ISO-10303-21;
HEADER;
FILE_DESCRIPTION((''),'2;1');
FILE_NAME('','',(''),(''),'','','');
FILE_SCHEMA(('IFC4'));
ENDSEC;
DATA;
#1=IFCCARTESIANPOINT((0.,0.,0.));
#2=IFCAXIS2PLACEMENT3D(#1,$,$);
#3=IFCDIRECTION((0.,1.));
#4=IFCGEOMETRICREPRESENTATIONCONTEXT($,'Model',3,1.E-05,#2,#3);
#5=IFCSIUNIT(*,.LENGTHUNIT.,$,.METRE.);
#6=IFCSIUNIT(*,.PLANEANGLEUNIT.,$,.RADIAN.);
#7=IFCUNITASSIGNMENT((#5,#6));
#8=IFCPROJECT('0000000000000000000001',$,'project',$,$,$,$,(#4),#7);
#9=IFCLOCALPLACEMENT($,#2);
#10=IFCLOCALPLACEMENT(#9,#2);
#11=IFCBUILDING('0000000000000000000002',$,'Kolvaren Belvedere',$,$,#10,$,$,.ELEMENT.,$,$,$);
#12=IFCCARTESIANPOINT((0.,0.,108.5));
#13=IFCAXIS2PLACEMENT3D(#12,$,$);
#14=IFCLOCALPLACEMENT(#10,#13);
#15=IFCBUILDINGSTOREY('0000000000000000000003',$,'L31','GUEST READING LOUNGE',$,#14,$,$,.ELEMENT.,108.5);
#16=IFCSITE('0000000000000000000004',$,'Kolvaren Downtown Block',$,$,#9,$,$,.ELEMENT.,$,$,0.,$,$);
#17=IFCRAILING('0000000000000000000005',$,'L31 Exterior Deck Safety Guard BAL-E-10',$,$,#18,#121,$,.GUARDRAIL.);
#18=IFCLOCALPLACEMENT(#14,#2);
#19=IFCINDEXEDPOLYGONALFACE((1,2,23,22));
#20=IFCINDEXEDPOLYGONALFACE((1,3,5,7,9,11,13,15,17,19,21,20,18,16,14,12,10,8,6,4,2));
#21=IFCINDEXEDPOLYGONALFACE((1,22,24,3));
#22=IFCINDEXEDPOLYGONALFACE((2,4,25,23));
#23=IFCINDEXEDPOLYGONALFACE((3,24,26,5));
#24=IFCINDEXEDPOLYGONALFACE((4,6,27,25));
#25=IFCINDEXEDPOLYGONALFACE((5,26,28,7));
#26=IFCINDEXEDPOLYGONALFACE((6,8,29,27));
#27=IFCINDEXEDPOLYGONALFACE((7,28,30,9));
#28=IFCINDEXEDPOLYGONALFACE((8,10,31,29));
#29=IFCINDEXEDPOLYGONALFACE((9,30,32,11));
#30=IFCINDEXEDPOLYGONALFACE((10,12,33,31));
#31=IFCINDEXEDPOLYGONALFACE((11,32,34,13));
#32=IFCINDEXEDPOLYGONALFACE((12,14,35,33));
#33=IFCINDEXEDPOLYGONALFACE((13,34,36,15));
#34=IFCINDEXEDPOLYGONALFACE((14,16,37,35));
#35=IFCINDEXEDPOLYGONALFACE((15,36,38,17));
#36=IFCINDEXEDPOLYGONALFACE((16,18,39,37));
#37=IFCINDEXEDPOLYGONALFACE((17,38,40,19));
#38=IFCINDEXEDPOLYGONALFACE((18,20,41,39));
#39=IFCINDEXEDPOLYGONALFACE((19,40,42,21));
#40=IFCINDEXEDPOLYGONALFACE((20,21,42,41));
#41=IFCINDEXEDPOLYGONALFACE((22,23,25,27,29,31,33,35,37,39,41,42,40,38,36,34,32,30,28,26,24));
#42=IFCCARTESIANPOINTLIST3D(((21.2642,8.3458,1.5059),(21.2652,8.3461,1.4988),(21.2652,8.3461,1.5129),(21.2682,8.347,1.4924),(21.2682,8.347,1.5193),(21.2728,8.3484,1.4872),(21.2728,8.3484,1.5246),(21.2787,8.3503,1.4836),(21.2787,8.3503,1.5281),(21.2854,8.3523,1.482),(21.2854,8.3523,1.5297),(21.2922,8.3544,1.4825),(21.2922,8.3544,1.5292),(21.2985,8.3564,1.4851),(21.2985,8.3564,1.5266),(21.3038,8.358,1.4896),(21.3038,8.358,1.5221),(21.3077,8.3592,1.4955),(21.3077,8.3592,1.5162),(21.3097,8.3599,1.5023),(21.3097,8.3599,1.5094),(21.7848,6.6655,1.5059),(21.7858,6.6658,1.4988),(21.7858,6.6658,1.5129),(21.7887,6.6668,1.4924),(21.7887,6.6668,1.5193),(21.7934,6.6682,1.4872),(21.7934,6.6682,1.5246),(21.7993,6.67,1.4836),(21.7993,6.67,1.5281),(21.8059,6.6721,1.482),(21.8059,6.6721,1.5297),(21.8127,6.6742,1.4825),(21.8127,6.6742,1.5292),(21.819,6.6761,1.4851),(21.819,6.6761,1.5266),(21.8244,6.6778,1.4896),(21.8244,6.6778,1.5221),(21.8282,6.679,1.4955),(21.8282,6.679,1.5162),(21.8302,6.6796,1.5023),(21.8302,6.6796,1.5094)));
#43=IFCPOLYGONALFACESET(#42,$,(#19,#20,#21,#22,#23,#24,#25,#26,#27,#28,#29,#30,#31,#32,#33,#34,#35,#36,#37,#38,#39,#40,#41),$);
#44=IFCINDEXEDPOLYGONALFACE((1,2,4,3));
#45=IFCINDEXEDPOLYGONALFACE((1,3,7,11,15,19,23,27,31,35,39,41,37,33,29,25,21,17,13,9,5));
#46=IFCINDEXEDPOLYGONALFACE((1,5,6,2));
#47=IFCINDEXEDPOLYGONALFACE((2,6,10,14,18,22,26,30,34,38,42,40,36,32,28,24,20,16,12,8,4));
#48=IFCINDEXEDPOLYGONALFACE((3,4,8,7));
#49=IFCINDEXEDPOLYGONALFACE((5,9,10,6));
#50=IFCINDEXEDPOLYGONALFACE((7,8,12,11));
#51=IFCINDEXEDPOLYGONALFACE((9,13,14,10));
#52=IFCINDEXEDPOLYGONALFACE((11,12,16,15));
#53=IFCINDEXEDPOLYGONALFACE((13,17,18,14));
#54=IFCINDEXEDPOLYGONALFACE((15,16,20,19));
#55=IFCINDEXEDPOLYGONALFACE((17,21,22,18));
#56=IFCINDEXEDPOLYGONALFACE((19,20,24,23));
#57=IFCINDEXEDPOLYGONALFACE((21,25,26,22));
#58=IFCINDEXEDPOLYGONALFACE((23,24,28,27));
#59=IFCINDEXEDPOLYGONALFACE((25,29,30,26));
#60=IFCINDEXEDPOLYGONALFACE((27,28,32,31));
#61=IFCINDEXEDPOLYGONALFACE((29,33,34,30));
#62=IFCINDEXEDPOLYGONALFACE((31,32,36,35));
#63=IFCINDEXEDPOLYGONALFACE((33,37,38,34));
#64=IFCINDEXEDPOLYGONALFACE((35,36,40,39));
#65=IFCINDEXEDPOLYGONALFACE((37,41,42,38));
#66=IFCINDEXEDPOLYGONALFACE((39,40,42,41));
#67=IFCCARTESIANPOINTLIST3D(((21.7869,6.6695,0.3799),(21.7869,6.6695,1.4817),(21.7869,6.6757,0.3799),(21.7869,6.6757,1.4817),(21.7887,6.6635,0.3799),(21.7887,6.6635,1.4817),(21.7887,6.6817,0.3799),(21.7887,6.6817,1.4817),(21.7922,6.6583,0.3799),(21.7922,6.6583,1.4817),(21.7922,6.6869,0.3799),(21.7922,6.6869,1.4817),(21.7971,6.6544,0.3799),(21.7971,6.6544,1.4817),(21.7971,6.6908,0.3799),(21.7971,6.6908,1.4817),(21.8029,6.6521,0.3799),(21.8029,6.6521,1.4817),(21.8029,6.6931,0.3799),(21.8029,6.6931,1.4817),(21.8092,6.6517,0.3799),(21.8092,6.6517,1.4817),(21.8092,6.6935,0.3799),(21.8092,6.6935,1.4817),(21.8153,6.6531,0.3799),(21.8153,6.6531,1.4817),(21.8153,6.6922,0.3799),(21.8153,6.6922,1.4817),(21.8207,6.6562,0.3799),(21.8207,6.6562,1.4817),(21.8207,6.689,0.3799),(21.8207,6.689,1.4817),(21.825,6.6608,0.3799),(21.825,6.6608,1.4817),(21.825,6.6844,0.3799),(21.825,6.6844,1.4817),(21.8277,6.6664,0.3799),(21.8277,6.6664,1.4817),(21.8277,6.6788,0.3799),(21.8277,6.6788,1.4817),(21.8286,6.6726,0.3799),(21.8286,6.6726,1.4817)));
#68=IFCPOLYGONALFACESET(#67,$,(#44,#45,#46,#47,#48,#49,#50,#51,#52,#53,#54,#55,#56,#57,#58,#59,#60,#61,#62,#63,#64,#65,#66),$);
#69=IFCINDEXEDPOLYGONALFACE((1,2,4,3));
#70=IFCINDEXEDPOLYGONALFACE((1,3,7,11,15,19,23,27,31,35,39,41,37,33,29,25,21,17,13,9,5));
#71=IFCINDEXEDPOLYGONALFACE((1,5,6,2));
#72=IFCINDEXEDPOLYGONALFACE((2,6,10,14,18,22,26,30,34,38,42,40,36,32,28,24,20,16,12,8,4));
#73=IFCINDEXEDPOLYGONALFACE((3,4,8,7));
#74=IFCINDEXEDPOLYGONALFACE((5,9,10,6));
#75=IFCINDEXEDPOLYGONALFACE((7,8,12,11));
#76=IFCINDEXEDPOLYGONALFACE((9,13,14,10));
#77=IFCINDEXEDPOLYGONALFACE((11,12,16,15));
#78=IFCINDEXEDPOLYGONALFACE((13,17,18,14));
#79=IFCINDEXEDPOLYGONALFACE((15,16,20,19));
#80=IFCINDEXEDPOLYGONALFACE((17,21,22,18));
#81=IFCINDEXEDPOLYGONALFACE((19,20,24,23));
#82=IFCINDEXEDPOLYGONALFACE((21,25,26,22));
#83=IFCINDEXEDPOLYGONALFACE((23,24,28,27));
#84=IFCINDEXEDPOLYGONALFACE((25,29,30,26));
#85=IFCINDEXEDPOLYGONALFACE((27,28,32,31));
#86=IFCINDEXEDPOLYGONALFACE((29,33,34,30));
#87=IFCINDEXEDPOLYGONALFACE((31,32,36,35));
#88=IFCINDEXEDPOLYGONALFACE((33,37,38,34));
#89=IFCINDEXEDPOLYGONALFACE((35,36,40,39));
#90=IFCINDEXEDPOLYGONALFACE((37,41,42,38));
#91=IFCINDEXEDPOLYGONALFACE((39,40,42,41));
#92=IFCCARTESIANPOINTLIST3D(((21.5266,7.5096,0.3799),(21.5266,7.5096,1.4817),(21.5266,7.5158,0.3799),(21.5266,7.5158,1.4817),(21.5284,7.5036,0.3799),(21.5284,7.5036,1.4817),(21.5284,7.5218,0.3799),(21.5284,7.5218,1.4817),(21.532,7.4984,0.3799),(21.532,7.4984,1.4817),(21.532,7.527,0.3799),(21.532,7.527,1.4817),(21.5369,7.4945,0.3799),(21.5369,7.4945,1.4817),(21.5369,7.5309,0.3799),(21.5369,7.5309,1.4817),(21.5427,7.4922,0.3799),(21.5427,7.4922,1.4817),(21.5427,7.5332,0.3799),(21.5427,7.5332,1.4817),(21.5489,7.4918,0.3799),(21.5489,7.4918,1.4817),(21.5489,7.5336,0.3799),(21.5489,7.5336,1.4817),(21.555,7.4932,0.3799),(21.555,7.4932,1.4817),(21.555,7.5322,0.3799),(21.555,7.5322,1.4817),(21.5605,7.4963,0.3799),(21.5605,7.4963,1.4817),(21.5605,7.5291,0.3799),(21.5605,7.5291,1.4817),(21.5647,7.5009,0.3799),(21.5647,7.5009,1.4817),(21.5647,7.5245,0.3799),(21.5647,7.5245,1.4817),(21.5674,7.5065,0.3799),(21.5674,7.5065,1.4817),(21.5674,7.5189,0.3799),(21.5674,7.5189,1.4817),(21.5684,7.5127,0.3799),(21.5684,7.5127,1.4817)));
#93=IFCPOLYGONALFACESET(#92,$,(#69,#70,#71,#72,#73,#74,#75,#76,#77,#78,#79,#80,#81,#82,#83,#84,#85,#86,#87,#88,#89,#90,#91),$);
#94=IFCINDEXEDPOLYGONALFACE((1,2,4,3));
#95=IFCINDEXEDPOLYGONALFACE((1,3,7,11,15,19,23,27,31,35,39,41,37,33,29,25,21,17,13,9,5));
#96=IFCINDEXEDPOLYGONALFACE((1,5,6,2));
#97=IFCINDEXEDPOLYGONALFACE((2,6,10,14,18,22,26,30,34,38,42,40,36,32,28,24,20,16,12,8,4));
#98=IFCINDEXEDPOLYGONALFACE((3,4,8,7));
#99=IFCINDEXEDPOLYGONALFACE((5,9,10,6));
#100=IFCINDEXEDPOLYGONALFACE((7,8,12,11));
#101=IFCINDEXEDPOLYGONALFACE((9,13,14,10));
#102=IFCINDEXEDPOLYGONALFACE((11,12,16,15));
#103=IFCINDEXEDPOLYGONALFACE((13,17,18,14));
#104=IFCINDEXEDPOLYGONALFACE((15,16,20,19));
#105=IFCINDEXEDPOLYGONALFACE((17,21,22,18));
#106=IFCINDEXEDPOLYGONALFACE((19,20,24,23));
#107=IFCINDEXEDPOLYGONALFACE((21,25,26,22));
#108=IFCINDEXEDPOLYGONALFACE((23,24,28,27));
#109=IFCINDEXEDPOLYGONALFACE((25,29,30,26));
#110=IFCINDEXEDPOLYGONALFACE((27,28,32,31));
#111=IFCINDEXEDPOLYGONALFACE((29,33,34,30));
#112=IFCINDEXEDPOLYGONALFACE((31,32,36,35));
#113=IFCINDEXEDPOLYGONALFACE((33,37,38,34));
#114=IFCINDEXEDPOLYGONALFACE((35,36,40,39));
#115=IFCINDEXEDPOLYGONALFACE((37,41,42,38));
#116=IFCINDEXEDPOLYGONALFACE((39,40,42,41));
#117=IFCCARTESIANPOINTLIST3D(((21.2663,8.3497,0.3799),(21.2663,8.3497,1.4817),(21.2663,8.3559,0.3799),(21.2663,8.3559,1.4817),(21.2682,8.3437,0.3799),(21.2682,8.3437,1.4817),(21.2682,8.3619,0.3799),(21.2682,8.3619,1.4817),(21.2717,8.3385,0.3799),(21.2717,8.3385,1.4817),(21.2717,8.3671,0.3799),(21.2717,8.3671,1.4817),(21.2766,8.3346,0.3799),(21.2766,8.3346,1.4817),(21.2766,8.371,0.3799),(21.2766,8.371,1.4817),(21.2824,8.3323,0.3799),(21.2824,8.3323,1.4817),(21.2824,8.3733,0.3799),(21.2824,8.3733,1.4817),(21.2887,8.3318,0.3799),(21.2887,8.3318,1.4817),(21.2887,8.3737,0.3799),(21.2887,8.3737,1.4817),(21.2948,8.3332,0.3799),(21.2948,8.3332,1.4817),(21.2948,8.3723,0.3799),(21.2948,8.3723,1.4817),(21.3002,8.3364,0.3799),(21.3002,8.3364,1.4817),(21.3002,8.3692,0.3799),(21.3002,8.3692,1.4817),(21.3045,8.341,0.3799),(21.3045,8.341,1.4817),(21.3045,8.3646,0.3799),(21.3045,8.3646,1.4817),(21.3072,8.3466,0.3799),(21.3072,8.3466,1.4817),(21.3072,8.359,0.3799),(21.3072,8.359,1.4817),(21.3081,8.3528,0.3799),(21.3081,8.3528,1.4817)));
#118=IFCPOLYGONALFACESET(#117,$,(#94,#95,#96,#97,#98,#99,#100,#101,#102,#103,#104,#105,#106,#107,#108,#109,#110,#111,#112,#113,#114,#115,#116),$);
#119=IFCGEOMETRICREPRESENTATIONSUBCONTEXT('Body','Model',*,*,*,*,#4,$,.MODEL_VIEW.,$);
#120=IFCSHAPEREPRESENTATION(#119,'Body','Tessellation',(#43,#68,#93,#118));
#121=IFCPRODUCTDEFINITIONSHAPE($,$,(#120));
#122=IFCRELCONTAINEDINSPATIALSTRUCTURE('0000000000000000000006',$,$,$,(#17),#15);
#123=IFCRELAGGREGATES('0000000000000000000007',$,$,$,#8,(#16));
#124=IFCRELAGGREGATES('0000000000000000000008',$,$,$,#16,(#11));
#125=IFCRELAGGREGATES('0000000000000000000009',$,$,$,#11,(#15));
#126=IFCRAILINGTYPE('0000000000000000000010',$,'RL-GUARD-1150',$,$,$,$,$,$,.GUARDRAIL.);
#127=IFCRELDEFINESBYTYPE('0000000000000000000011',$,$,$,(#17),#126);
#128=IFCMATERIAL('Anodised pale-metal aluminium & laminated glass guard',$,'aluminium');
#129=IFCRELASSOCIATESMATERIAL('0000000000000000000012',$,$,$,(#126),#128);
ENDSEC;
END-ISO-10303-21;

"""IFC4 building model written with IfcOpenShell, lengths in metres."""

from ifc_helpers import new_model, si_unit, direction, frame, origin, origin_2d, place, context, subcontext, project, spatial, circle, extrude, material, type_object, element, save


model = new_model("IFC4")

# Units and contexts
model_context = context("Model", 3, precision=1e-05, world=origin(), true_north=direction((0.0, 1.0)))
body_context = subcontext(model_context, "Body", "Model", "MODEL_VIEW")
ifc_project = project(units=[si_unit("LENGTHUNIT", "METRE"), si_unit("PLANEANGLEUNIT", "RADIAN")], contexts=[model_context])

# Site, building, storey
site_placement = place(None, origin())
site = spatial("IfcSite", under=ifc_project, at=site_placement, Name="Kolvaren Downtown Block", CompositionType="ELEMENT", RefElevation=0.0)
building_placement = place(site_placement, origin())
building = spatial("IfcBuilding", under=site, at=building_placement, Name="Kolvaren Belvedere", CompositionType="ELEMENT")
storey_placement = place(building_placement, frame((0.0, 0.0, 108.5)))
storey = spatial("IfcBuildingStorey", under=building, at=storey_placement, Name="L31", Description="GUEST READING LOUNGE", CompositionType="ELEMENT", Elevation=108.5)

# Railing
ifc_material_1 = material(Name="Anodised pale-metal aluminium & laminated glass guard", Category="aluminium")
railing_type = type_object("IfcRailingType", Name="RL-GUARD-1150", PredefinedType="GUARDRAIL", material=ifc_material_1)
railing_1_placement = place(storey_placement, frame((21.8076, 6.6726, 0.3799)))
element("IfcRailing", 1, at=railing_1_placement, inside=storey, type_object=railing_type, Name="L31 Exterior Deck Safety Guard BAL-E-10", PredefinedType="GUARDRAIL", context=body_context, shape_type="SweptSolid", body=[
    extrude(circle(Radius=0.0239, at=origin_2d()), frame((0.0, 0.0, 1.126), z_axis=(-0.295919, 0.955213, 0.0), x_axis=(-0.955213, -0.295919, 0.0)), (0.0, 0.0, 1.0), 1.759),
    extrude(circle(Radius=0.021, at=origin_2d()), origin(), (0.0, 0.0, 1.0), 1.1018),
    extrude(circle(Radius=0.021, at=origin_2d()), frame((-0.2603, 0.8401, 0.0)), (0.0, 0.0, 1.0), 1.1018),
    extrude(circle(Radius=0.021, at=origin_2d()), frame((-0.5205, 1.6802, 0.0)), (0.0, 0.0, 1.0), 1.1018),
])

save(model, "model.ifc")
